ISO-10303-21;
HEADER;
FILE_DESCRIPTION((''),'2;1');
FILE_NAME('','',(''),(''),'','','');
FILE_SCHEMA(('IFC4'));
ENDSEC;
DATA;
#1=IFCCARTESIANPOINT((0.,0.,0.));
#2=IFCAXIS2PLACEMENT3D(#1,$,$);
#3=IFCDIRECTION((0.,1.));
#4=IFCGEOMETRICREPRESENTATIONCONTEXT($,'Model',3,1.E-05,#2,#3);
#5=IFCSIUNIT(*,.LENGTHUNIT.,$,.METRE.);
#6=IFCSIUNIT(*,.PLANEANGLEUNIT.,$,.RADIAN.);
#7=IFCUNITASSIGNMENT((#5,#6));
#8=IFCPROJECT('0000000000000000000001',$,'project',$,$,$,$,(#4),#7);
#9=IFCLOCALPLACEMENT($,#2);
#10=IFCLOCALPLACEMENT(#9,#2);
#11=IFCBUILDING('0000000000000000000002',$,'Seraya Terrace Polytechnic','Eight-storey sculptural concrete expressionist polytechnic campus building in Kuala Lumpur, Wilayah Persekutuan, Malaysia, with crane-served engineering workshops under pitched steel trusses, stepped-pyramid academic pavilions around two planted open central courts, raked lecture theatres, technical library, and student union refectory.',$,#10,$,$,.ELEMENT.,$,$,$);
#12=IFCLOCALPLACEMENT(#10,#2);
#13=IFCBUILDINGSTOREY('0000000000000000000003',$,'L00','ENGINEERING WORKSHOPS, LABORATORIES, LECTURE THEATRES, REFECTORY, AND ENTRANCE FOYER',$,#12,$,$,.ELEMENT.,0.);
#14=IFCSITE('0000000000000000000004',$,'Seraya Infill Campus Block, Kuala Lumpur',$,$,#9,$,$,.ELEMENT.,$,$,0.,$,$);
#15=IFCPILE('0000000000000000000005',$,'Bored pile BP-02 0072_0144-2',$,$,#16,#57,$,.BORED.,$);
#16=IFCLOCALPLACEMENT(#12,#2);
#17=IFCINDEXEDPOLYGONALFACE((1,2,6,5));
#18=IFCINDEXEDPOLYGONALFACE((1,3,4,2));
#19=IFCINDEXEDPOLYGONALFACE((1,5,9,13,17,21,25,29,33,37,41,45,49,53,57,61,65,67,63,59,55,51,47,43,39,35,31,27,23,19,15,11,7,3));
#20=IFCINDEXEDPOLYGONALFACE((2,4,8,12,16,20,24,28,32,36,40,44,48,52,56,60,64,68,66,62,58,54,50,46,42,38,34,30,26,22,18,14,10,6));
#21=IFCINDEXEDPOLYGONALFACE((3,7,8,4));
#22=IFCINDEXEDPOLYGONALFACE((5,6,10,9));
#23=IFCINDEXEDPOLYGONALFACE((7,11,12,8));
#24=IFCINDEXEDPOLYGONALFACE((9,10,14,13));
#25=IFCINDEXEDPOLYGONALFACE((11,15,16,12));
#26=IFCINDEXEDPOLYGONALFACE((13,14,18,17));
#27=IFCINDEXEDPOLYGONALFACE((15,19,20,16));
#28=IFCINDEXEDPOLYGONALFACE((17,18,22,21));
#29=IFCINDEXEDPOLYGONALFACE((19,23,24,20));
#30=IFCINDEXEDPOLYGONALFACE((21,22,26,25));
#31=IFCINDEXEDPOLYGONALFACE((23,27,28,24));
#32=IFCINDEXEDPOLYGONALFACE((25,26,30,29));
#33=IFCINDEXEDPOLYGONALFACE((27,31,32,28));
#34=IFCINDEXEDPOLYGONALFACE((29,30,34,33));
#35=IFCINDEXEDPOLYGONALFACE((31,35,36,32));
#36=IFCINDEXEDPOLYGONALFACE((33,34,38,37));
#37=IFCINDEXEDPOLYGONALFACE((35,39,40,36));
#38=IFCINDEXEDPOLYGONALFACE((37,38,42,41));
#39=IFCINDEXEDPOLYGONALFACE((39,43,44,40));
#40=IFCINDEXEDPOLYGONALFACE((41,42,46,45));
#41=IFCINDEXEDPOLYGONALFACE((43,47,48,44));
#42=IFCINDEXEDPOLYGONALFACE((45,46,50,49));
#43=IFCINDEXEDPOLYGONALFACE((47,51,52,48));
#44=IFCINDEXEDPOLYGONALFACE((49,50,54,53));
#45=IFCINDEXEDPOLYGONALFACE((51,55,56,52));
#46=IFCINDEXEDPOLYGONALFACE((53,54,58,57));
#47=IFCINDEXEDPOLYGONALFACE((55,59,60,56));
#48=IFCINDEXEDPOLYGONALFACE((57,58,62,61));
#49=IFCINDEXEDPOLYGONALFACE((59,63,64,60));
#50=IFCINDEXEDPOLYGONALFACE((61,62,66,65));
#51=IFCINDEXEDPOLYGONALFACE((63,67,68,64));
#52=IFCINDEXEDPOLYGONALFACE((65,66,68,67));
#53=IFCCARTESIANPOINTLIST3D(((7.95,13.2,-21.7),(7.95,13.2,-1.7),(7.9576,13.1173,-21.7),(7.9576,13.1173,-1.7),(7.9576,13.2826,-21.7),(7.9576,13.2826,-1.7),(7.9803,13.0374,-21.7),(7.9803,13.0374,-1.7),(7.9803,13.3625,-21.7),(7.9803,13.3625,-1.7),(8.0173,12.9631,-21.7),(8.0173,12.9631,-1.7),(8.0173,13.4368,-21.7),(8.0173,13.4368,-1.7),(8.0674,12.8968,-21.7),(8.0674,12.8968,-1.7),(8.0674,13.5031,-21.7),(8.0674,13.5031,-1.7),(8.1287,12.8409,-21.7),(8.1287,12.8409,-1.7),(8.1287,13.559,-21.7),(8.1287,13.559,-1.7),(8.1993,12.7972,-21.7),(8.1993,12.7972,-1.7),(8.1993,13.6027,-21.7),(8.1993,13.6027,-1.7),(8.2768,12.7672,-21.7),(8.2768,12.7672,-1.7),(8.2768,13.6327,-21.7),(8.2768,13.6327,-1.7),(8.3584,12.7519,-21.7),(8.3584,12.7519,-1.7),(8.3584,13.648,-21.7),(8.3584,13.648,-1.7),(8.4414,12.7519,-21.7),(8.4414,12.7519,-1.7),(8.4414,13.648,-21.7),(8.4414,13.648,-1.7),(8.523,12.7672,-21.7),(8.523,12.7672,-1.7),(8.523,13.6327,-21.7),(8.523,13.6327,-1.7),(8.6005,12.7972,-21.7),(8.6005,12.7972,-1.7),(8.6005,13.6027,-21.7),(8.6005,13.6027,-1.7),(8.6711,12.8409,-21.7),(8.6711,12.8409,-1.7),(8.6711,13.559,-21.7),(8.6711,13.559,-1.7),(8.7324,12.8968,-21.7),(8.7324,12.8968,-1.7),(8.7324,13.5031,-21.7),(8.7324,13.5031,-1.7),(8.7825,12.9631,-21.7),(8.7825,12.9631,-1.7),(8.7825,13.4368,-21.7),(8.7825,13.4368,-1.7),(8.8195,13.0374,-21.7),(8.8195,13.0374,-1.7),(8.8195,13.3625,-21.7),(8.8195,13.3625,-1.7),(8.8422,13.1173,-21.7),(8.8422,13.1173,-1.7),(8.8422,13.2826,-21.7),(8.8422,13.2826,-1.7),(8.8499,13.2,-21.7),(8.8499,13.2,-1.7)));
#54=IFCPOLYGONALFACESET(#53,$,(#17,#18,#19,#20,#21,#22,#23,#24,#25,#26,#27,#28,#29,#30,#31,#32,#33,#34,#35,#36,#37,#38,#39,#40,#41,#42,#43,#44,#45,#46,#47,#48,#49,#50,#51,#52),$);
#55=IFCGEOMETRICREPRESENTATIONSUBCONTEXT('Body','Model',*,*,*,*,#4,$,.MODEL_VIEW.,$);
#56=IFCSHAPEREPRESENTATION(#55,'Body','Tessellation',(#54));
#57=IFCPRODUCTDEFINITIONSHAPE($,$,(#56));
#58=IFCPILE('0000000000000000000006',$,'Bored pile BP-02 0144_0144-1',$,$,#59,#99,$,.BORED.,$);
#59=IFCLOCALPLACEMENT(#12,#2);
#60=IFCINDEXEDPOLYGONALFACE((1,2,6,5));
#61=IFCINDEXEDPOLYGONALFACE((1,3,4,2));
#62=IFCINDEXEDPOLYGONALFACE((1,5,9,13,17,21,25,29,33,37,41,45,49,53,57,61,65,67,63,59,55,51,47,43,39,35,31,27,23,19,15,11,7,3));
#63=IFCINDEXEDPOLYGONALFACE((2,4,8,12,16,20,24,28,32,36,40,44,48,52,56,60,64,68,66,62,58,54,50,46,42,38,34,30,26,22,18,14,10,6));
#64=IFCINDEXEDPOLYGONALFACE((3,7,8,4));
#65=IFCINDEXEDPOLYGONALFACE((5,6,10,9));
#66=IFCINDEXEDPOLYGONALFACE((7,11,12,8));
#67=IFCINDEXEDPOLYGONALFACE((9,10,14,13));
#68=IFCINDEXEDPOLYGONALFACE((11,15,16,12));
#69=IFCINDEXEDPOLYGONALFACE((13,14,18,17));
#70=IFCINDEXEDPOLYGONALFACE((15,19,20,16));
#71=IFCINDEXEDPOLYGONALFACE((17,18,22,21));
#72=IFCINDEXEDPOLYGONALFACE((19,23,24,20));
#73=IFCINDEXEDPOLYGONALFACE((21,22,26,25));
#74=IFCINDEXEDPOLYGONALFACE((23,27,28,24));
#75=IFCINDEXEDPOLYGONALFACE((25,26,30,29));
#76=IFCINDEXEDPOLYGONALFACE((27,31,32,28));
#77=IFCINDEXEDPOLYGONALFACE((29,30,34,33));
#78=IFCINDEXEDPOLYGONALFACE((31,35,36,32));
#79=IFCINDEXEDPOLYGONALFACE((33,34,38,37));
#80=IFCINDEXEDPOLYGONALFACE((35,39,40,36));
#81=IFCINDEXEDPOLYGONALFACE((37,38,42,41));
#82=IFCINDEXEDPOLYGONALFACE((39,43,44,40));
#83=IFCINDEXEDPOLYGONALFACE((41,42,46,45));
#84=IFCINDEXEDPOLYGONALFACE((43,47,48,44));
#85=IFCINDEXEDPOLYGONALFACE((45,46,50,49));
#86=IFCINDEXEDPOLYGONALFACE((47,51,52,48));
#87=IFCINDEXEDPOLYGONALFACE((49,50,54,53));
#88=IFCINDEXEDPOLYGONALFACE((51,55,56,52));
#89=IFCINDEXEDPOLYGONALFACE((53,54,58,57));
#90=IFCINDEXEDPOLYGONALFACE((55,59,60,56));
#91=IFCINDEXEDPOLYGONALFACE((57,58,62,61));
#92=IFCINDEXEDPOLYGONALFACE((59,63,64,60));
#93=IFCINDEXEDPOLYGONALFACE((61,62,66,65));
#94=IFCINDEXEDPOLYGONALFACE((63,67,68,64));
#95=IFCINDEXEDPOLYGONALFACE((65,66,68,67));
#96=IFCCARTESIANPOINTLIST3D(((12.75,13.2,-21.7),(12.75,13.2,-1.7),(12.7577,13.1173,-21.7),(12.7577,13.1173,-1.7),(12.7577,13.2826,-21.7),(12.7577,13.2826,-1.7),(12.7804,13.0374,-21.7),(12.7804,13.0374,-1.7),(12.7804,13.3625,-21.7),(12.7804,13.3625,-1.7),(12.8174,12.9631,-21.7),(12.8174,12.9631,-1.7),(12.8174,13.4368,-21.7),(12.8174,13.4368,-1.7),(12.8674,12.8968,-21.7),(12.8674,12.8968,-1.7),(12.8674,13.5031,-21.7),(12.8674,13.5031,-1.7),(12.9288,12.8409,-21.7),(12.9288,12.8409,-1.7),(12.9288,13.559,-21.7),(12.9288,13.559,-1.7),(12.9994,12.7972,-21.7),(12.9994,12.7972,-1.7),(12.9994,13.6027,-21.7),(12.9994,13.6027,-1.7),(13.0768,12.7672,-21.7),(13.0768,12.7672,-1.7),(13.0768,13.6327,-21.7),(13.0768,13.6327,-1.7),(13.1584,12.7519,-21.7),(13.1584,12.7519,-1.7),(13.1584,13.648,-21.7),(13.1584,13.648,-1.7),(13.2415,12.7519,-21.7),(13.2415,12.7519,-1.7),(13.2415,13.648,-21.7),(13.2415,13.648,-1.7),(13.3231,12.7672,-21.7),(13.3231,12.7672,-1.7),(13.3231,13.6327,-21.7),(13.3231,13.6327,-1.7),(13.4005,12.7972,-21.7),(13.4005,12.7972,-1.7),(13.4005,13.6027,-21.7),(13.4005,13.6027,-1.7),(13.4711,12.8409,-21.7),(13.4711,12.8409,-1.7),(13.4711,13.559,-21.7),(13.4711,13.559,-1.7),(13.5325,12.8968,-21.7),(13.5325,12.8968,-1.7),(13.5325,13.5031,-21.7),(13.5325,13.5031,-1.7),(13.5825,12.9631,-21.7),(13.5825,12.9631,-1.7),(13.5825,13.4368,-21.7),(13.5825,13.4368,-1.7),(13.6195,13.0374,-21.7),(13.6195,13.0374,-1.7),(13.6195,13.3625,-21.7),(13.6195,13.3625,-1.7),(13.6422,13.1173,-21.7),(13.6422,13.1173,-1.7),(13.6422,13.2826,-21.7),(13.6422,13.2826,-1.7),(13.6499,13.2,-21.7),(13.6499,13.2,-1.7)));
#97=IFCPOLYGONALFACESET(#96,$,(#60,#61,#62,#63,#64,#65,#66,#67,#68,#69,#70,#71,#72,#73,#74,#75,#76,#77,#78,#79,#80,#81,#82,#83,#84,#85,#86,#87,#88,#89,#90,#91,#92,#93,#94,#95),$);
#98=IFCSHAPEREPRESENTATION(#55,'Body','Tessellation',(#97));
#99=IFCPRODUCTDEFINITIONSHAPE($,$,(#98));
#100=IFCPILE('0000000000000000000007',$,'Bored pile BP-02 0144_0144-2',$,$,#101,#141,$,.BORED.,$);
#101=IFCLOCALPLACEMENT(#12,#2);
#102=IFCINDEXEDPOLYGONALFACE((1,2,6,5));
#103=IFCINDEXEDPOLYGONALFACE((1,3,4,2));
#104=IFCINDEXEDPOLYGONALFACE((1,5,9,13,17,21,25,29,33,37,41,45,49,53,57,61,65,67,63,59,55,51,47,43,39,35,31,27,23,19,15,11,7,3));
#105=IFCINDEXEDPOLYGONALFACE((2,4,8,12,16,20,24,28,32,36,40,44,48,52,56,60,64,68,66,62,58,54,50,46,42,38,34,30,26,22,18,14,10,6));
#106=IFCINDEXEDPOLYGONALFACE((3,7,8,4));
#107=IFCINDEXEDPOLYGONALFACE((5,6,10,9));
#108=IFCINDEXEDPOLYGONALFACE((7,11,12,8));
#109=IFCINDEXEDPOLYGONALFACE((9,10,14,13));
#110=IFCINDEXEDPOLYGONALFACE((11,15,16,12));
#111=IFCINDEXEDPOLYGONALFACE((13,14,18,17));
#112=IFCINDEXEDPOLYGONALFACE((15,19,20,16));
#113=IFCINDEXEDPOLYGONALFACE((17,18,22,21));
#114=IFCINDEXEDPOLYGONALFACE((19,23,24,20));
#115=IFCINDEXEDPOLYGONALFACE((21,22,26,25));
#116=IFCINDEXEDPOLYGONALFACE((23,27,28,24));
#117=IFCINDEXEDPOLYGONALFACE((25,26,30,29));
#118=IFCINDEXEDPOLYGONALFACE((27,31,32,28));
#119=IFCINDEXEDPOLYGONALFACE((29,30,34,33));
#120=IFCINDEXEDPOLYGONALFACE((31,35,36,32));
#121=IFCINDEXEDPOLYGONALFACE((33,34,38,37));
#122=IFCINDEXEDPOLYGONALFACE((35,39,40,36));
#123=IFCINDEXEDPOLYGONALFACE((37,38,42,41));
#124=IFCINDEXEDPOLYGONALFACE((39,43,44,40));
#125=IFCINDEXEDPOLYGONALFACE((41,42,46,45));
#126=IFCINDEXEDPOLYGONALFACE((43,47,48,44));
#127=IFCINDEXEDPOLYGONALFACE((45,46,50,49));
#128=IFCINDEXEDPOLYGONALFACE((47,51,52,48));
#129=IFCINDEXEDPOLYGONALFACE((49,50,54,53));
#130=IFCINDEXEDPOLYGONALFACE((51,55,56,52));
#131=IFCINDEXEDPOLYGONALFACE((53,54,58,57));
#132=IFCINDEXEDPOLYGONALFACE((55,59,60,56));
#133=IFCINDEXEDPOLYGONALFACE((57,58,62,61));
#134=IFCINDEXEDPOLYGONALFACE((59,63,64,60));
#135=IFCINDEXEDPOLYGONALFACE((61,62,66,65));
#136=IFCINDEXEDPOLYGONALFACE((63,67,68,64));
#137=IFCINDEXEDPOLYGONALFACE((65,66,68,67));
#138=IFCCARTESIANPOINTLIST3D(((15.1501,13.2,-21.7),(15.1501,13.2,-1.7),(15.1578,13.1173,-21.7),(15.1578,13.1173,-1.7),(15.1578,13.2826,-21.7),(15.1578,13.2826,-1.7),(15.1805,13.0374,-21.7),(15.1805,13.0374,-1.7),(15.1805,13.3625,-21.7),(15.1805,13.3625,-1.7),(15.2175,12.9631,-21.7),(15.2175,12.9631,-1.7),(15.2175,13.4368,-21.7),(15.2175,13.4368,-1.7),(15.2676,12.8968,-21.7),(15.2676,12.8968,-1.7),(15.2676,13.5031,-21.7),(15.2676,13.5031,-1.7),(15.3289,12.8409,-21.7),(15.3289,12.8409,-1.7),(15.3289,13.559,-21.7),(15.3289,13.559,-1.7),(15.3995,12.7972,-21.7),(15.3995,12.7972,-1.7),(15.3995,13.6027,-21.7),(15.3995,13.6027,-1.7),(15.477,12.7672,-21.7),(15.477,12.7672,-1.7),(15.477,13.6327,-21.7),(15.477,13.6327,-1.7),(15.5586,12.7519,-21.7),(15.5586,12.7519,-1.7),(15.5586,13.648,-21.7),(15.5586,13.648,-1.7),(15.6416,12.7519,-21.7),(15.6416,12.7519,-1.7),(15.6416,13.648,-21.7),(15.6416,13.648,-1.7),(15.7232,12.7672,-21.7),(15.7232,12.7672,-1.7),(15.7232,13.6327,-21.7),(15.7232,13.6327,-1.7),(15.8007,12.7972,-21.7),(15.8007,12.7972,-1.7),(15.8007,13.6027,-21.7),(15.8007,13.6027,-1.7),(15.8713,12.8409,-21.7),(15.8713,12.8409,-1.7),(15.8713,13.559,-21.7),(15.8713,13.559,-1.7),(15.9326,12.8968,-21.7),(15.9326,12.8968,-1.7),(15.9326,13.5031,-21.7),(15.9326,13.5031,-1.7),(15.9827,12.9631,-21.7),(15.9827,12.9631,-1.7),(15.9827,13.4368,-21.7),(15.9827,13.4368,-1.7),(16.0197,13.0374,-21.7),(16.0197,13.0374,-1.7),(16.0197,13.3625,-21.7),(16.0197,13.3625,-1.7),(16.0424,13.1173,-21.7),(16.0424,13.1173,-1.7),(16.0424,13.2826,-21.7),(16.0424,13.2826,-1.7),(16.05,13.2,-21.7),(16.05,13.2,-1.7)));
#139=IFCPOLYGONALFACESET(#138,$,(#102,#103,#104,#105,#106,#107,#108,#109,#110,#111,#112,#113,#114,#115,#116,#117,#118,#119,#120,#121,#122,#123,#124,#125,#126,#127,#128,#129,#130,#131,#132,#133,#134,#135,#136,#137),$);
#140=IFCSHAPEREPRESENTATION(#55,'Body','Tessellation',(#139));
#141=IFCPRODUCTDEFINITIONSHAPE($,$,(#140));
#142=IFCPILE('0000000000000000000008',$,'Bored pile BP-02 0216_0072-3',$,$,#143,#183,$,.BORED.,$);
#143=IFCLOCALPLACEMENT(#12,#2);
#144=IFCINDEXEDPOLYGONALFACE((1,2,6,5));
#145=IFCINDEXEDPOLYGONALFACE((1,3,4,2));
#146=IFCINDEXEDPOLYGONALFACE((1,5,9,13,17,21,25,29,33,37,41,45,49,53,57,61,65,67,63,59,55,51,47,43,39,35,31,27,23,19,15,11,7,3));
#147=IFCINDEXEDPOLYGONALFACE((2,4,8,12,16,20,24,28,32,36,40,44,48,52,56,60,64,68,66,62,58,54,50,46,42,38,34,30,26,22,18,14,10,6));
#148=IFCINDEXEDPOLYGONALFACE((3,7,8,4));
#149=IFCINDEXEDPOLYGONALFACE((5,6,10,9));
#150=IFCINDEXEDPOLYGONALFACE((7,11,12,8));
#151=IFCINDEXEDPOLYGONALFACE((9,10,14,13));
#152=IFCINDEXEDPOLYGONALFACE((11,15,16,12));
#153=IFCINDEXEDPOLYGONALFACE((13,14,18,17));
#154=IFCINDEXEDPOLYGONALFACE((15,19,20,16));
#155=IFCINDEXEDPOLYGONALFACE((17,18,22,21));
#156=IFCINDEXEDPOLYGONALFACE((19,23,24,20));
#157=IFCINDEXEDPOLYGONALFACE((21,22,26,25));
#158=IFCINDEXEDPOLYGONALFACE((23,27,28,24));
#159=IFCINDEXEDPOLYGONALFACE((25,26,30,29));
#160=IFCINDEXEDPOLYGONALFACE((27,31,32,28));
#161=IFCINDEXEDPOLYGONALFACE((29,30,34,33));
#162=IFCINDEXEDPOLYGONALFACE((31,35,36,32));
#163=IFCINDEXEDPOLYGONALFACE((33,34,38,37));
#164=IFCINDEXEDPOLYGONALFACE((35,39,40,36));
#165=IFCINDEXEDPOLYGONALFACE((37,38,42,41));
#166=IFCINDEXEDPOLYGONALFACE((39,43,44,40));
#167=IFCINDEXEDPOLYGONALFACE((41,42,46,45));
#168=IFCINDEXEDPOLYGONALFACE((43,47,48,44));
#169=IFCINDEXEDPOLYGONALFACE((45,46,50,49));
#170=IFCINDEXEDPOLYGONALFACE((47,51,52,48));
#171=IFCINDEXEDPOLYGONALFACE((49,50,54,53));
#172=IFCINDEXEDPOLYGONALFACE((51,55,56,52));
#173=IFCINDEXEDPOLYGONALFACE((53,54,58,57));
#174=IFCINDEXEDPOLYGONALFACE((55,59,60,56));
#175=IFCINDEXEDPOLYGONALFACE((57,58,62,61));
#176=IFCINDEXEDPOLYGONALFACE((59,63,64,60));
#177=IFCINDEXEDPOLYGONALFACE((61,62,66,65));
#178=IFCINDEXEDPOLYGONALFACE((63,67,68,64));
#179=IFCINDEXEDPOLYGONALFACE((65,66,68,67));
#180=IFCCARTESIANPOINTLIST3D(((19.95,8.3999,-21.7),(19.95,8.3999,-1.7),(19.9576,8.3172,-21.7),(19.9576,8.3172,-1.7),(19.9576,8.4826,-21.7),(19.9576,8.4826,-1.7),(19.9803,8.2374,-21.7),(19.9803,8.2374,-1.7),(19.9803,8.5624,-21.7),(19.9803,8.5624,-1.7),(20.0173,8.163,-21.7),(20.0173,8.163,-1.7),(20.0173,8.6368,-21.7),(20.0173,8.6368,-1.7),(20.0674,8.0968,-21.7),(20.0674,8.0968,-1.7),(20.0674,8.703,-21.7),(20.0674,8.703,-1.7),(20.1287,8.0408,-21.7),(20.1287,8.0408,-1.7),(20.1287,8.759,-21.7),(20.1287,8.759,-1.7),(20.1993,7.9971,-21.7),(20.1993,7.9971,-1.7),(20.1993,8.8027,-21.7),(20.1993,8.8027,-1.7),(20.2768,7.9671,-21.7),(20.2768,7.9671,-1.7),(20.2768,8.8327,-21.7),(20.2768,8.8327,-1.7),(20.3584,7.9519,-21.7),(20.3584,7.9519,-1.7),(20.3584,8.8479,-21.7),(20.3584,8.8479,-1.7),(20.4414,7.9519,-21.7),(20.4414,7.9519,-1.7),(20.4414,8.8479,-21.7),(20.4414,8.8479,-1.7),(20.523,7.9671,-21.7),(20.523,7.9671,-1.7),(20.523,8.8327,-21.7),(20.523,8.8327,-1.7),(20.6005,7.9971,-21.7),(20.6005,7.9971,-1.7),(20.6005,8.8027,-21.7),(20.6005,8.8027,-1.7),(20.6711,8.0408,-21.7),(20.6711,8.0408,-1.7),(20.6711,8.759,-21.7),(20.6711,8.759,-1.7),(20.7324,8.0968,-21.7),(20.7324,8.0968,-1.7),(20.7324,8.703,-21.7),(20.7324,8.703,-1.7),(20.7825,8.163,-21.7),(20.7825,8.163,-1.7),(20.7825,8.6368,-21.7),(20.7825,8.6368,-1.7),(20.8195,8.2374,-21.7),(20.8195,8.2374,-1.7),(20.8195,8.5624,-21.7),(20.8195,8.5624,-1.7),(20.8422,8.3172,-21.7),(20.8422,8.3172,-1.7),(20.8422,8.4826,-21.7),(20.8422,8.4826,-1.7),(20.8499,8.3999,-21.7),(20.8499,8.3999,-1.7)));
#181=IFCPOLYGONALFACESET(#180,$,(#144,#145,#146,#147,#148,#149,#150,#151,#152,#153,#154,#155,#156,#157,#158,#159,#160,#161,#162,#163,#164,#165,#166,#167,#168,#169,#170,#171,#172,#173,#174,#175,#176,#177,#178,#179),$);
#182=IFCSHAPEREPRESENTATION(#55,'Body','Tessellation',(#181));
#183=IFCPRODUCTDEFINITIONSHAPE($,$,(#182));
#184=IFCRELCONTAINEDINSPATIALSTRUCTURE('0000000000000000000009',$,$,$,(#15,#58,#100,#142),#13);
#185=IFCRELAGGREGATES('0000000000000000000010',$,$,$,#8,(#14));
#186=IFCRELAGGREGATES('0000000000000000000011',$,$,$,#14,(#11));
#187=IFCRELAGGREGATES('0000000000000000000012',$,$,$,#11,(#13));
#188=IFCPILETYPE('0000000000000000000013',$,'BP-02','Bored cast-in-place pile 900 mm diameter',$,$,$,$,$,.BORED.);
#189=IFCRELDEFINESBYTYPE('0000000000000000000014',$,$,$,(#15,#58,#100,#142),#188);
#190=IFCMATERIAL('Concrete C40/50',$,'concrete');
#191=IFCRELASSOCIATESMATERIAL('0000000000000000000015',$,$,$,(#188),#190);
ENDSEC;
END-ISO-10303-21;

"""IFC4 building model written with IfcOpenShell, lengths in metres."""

from ifc_helpers import new_model, si_unit, direction, frame, origin, origin_2d, place, context, subcontext, project, spatial, circle, extrude, material, material_profile, profile_set, type_object, element, save


model = new_model("IFC4")

# Units and contexts
model_context = context("Model", 3, precision=1e-05, world=origin(), true_north=direction((0.0, 1.0)))
body_context = subcontext(model_context, "Body", "Model", "MODEL_VIEW")
ifc_project = project(units=[si_unit("LENGTHUNIT", "METRE"), si_unit("PLANEANGLEUNIT", "RADIAN")], contexts=[model_context])

# Site, building, storey
site_placement = place(None, origin())
site = spatial("IfcSite", under=ifc_project, at=site_placement, Name="Seraya Infill Campus Block, Kuala Lumpur", CompositionType="ELEMENT", RefElevation=0.0)
building_placement = place(site_placement, origin())
building = spatial("IfcBuilding", under=site, at=building_placement, Name="Seraya Terrace Polytechnic", Description="Eight-storey sculptural concrete expressionist polytechnic campus building in Kuala Lumpur, Wilayah Persekutuan, Malaysia, with crane-served engineering workshops under pitched steel trusses, stepped-pyramid academic pavilions around two planted open central courts, raked lecture theatres, technical library, and student union refectory.", CompositionType="ELEMENT")
storey_placement = place(building_placement, origin())
storey = spatial("IfcBuildingStorey", under=building, at=storey_placement, Name="L00", Description="ENGINEERING WORKSHOPS, LABORATORIES, LECTURE THEATRES, REFECTORY, AND ENTRANCE FOYER", CompositionType="ELEMENT", Elevation=0.0)

# Piles
ifc_material_1 = material(Name="Concrete C40/50", Category="concrete")
ifc_material_profile_1 = material_profile(ifc_material_1, circle(Radius=0.45, at=origin_2d()), Name="DIA 900")
ifc_profile_set_1 = profile_set([ifc_material_profile_1], Name="Concrete C40/50")
pile_type = type_object("IfcPileType", Name="BP-02", Description="Bored cast-in-place pile 900 mm diameter", PredefinedType="BORED", material=ifc_profile_set_1)
for number, where, z_axis, x_axis, name in (
    (1, (8.3999, 13.2, -1.7), (0.0, 0.0, -1.0), (1.0, 0.0, 0.0), "Bored pile BP-02 0072_0144-2"),
    (2, (13.2, 13.2, -1.7), (0.0, 0.0, -1.0), (1.0, 0.0, 0.0), "Bored pile BP-02 0144_0144-1"),
    (3, (15.6001, 13.2, -1.7), (0.0, 0.0, -1.0), (1.0, 0.0, 0.0), "Bored pile BP-02 0144_0144-2"),
    (4, (20.3999, 8.3999, -1.7), (0.0, 0.0, -1.0), (1.0, 0.0, 0.0), "Bored pile BP-02 0216_0072-3"),
):
    element("IfcPile", number, at=place(storey_placement, frame(where, z_axis=z_axis, x_axis=x_axis)), inside=storey, type_object=pile_type, Name=name, PredefinedType="BORED", context=body_context, shape_type="SweptSolid", body=[
        extrude(circle(Radius=0.45, at=origin_2d()), origin(), (0.0, 0.0, 1.0), 20.0),
    ])

save(model, "model.ifc")
